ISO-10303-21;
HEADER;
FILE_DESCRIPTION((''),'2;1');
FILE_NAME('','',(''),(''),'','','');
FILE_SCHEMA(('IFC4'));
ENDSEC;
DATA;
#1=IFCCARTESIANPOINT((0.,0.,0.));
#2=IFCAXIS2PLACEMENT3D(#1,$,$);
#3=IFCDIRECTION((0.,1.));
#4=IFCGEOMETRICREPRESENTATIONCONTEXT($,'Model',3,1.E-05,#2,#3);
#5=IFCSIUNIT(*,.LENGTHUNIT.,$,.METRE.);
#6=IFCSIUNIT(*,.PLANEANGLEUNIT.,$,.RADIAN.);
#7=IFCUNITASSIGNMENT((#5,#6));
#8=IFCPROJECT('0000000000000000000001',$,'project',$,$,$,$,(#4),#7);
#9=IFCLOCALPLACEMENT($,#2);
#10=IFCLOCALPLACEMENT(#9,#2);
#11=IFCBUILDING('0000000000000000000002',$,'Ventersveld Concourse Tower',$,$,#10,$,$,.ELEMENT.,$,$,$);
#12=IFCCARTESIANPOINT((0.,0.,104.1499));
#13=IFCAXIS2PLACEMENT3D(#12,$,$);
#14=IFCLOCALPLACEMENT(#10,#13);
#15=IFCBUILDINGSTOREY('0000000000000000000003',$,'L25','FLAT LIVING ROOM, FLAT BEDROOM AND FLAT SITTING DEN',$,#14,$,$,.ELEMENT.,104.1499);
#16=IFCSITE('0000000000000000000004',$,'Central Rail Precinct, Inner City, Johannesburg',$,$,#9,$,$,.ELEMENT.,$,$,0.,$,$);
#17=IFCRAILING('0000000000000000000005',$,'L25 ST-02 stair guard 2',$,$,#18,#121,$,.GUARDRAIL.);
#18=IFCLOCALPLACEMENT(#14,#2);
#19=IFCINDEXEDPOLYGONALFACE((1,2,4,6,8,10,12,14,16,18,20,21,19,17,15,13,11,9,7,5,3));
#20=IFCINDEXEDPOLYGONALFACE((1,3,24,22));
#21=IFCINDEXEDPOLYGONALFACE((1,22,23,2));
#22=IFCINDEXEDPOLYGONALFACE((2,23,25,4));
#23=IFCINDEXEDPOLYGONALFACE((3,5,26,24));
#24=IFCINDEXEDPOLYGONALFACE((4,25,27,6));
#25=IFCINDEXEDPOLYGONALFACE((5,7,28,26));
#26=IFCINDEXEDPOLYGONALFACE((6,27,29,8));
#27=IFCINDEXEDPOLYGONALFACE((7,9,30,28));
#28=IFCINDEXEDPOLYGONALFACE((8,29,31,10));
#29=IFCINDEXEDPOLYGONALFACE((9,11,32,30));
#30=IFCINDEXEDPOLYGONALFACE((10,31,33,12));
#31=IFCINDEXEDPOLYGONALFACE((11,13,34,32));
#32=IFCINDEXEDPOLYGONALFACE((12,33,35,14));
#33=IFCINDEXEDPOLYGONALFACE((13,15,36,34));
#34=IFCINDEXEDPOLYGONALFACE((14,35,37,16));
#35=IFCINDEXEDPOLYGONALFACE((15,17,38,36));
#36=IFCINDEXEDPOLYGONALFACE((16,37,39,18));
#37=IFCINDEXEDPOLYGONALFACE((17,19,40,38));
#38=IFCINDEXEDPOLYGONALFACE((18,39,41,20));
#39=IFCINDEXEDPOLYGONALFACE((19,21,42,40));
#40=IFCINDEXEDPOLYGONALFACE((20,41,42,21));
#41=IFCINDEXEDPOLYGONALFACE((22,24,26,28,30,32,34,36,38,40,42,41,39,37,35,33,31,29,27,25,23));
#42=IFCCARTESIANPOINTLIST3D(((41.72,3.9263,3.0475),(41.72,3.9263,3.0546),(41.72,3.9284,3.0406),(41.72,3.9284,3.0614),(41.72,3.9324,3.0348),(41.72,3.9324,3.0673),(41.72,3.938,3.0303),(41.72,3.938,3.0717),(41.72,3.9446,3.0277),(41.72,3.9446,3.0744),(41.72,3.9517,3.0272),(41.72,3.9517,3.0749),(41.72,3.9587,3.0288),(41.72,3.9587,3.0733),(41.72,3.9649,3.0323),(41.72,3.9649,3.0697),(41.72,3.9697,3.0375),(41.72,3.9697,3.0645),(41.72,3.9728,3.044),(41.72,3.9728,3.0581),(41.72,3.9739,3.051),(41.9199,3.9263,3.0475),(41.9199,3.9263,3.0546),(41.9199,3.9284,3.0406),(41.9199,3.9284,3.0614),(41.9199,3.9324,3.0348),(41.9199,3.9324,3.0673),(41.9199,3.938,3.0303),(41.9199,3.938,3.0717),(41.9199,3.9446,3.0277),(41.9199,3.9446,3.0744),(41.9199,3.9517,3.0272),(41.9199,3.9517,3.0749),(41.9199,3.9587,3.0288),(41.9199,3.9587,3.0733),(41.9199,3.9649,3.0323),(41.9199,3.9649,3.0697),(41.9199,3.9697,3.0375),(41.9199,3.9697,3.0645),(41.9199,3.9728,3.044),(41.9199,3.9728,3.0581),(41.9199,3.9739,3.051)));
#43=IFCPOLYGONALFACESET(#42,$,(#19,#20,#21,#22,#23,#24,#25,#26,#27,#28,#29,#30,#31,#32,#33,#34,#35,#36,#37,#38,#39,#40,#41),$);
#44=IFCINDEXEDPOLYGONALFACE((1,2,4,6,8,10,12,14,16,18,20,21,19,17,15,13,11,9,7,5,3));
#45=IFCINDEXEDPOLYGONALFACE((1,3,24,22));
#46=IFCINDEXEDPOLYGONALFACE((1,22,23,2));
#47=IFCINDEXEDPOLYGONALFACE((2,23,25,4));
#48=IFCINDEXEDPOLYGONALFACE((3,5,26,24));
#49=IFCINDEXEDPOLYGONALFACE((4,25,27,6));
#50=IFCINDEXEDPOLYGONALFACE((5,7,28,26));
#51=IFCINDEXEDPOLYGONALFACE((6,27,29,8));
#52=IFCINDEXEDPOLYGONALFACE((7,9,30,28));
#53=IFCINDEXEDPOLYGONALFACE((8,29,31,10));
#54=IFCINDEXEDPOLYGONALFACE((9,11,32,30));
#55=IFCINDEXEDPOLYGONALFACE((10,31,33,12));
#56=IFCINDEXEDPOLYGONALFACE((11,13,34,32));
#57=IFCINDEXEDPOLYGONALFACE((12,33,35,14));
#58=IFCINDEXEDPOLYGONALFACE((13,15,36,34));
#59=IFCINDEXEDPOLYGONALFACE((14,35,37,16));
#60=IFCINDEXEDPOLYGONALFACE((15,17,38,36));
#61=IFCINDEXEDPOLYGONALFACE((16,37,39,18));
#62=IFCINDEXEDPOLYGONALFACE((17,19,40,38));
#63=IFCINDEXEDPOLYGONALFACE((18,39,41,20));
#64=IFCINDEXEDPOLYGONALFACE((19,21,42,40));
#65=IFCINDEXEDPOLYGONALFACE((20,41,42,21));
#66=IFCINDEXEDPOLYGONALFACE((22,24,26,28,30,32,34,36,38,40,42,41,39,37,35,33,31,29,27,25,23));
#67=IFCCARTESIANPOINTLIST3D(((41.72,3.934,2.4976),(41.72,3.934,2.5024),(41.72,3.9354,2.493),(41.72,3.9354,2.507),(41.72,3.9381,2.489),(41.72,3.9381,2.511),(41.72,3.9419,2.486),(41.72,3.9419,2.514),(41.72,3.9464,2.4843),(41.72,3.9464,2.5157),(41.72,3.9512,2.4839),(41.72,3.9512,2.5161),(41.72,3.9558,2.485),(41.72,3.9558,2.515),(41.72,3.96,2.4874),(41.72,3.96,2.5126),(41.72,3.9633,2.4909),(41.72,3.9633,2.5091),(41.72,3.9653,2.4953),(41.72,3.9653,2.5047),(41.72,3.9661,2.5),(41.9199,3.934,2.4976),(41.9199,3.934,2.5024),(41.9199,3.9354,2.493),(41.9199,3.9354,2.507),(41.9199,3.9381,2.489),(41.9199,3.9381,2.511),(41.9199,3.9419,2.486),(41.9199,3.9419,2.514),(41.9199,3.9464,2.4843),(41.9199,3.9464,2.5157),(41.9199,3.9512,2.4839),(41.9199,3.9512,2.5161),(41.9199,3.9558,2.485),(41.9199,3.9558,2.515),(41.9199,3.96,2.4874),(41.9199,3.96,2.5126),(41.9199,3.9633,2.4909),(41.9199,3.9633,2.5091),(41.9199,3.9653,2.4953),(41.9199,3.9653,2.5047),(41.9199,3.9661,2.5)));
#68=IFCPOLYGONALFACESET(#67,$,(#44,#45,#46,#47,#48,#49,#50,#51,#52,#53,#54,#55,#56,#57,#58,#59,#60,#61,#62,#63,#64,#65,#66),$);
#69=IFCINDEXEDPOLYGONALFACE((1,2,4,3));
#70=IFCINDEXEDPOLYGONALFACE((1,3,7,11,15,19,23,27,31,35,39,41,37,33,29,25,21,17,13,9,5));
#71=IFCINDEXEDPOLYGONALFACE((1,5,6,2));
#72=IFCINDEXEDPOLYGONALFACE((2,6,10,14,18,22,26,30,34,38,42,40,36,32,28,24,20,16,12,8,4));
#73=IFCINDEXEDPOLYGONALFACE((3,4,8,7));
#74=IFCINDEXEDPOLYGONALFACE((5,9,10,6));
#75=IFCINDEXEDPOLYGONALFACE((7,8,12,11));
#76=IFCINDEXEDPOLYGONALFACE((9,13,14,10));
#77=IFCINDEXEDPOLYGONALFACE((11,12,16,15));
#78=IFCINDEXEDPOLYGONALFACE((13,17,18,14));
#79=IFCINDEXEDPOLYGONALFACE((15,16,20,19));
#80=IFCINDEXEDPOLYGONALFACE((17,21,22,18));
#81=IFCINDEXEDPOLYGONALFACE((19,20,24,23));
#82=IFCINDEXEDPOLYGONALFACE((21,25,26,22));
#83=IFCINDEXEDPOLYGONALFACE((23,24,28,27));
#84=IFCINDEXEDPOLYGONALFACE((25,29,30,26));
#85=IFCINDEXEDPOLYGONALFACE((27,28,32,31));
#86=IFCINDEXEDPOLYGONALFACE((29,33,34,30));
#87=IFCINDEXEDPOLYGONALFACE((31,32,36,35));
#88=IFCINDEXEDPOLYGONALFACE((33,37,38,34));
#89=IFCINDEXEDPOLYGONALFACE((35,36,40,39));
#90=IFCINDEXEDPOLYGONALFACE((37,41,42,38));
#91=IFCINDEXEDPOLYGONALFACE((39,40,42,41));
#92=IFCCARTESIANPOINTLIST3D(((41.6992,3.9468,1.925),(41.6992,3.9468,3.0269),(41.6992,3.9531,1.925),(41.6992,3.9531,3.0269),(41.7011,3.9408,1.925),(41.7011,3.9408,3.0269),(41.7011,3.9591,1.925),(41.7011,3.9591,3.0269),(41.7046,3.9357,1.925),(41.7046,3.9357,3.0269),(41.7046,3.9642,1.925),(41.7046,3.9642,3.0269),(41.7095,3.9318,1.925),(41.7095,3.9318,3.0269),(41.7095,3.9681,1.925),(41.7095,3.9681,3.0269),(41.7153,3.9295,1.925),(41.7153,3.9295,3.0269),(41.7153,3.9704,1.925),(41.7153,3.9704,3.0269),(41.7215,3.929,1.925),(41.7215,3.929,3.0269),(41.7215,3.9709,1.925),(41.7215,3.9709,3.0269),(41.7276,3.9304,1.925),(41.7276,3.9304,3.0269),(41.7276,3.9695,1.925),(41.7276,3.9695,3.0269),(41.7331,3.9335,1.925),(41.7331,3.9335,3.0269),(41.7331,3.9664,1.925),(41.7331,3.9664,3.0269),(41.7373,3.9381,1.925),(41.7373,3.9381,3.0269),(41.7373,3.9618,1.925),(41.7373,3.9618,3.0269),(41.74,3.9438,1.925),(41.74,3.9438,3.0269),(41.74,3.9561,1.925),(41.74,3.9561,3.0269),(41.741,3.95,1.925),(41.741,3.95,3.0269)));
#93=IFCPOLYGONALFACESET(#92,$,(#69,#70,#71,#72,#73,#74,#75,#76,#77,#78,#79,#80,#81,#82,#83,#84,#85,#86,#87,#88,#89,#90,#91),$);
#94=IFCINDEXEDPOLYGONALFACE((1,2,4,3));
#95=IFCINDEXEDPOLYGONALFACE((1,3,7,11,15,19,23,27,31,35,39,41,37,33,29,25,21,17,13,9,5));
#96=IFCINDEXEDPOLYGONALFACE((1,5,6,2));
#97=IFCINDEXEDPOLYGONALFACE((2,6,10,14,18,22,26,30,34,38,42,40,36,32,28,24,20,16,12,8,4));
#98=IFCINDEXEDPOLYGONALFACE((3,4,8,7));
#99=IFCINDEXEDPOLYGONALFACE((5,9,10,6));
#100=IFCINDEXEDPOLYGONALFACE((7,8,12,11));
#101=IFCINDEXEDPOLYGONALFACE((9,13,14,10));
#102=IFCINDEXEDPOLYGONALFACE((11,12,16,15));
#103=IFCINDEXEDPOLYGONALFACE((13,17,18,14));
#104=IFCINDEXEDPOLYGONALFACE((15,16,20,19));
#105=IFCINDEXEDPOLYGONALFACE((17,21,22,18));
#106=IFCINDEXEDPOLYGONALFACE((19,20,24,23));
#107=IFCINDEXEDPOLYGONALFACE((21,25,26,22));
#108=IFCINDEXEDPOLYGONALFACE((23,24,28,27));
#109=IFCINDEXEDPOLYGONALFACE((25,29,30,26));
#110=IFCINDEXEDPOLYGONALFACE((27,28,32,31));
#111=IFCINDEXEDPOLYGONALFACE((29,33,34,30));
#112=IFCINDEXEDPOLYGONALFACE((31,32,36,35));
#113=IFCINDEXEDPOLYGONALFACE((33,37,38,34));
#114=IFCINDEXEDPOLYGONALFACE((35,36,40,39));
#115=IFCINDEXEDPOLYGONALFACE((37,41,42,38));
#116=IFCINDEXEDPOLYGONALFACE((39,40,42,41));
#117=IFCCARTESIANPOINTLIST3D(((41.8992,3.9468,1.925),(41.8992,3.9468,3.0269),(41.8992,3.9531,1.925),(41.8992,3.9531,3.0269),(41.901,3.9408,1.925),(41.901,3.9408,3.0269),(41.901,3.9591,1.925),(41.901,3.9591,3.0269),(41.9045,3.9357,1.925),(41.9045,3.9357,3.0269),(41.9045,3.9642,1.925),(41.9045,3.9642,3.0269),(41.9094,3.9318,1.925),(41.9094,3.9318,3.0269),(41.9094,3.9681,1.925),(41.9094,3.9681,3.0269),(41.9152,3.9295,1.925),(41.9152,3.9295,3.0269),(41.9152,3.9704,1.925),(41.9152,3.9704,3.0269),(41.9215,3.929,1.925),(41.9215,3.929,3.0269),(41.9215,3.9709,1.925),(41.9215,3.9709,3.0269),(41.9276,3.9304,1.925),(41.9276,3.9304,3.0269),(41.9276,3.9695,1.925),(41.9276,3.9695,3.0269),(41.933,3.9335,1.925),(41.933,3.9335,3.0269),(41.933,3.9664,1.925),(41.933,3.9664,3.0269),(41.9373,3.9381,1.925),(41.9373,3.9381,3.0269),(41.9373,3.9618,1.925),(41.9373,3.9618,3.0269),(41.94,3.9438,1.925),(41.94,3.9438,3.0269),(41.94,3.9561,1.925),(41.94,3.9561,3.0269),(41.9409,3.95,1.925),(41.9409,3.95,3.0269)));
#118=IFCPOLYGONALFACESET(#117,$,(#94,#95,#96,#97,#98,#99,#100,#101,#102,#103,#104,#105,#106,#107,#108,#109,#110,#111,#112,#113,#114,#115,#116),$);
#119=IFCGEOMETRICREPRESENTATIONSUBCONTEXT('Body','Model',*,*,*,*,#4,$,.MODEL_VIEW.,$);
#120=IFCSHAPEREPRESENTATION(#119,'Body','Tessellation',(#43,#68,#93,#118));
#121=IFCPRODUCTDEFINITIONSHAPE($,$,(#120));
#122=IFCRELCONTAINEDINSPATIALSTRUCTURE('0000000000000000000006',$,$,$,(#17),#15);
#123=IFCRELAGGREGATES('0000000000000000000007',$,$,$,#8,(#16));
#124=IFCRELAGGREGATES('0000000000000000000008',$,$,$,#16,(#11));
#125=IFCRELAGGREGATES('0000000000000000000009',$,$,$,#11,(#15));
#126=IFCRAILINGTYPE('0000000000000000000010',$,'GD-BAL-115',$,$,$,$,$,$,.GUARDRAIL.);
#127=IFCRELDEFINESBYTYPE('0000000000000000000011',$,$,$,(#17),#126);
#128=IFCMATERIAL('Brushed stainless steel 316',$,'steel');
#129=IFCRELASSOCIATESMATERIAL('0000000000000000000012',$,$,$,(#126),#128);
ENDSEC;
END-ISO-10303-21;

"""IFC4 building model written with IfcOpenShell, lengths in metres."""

from ifc_helpers import new_model, si_unit, direction, frame, origin, origin_2d, place, context, subcontext, project, spatial, circle, extrude, material, type_object, element, save


model = new_model("IFC4")

# Units and contexts
model_context = context("Model", 3, precision=1e-05, world=origin(), true_north=direction((0.0, 1.0)))
body_context = subcontext(model_context, "Body", "Model", "MODEL_VIEW")
ifc_project = project(units=[si_unit("LENGTHUNIT", "METRE"), si_unit("PLANEANGLEUNIT", "RADIAN")], contexts=[model_context])

# Site, building, storey
site_placement = place(None, origin())
site = spatial("IfcSite", under=ifc_project, at=site_placement, Name="Central Rail Precinct, Inner City, Johannesburg", CompositionType="ELEMENT", RefElevation=0.0)
building_placement = place(site_placement, origin())
building = spatial("IfcBuilding", under=site, at=building_placement, Name="Ventersveld Concourse Tower", CompositionType="ELEMENT")
storey_placement = place(building_placement, frame((0.0, 0.0, 104.1499)))
storey = spatial("IfcBuildingStorey", under=building, at=storey_placement, Name="L25", Description="FLAT LIVING ROOM, FLAT BEDROOM AND FLAT SITTING DEN", CompositionType="ELEMENT", Elevation=104.1499)

# Railing
ifc_material_1 = material(Name="Brushed stainless steel 316", Category="steel")
railing_type_1 = type_object("IfcRailingType", Name="GD-BAL-115", PredefinedType="GUARDRAIL", material=ifc_material_1)
railing_1_placement = place(storey_placement, frame((41.72, 3.95, 1.925)))
element("IfcRailing", 1, at=railing_1_placement, inside=storey, type_object=railing_type_1, Name="L25 ST-02 stair guard 2", PredefinedType="GUARDRAIL", context=body_context, shape_type="SweptSolid", body=[
    extrude(circle(Radius=0.0239, at=origin_2d()), frame((0.0, 0.0, 1.126), z_axis=(1.0, 0.0, 0.0), x_axis=(0.0, 1.0, 0.0)), (0.0, 0.0, 1.0), 0.2),
    extrude(circle(Radius=0.0161, at=origin_2d()), frame((0.0, 0.0, 0.575), z_axis=(1.0, 0.0, 0.0), x_axis=(0.0, 1.0, 0.0)), (0.0, 0.0, 1.0), 0.2),
    extrude(circle(Radius=0.021, at=origin_2d()), origin(), (0.0, 0.0, 1.0), 1.1018),
    extrude(circle(Radius=0.021, at=origin_2d()), frame((0.2, 0.0, 0.0)), (0.0, 0.0, 1.0), 1.1018),
])

save(model, "model.ifc")
